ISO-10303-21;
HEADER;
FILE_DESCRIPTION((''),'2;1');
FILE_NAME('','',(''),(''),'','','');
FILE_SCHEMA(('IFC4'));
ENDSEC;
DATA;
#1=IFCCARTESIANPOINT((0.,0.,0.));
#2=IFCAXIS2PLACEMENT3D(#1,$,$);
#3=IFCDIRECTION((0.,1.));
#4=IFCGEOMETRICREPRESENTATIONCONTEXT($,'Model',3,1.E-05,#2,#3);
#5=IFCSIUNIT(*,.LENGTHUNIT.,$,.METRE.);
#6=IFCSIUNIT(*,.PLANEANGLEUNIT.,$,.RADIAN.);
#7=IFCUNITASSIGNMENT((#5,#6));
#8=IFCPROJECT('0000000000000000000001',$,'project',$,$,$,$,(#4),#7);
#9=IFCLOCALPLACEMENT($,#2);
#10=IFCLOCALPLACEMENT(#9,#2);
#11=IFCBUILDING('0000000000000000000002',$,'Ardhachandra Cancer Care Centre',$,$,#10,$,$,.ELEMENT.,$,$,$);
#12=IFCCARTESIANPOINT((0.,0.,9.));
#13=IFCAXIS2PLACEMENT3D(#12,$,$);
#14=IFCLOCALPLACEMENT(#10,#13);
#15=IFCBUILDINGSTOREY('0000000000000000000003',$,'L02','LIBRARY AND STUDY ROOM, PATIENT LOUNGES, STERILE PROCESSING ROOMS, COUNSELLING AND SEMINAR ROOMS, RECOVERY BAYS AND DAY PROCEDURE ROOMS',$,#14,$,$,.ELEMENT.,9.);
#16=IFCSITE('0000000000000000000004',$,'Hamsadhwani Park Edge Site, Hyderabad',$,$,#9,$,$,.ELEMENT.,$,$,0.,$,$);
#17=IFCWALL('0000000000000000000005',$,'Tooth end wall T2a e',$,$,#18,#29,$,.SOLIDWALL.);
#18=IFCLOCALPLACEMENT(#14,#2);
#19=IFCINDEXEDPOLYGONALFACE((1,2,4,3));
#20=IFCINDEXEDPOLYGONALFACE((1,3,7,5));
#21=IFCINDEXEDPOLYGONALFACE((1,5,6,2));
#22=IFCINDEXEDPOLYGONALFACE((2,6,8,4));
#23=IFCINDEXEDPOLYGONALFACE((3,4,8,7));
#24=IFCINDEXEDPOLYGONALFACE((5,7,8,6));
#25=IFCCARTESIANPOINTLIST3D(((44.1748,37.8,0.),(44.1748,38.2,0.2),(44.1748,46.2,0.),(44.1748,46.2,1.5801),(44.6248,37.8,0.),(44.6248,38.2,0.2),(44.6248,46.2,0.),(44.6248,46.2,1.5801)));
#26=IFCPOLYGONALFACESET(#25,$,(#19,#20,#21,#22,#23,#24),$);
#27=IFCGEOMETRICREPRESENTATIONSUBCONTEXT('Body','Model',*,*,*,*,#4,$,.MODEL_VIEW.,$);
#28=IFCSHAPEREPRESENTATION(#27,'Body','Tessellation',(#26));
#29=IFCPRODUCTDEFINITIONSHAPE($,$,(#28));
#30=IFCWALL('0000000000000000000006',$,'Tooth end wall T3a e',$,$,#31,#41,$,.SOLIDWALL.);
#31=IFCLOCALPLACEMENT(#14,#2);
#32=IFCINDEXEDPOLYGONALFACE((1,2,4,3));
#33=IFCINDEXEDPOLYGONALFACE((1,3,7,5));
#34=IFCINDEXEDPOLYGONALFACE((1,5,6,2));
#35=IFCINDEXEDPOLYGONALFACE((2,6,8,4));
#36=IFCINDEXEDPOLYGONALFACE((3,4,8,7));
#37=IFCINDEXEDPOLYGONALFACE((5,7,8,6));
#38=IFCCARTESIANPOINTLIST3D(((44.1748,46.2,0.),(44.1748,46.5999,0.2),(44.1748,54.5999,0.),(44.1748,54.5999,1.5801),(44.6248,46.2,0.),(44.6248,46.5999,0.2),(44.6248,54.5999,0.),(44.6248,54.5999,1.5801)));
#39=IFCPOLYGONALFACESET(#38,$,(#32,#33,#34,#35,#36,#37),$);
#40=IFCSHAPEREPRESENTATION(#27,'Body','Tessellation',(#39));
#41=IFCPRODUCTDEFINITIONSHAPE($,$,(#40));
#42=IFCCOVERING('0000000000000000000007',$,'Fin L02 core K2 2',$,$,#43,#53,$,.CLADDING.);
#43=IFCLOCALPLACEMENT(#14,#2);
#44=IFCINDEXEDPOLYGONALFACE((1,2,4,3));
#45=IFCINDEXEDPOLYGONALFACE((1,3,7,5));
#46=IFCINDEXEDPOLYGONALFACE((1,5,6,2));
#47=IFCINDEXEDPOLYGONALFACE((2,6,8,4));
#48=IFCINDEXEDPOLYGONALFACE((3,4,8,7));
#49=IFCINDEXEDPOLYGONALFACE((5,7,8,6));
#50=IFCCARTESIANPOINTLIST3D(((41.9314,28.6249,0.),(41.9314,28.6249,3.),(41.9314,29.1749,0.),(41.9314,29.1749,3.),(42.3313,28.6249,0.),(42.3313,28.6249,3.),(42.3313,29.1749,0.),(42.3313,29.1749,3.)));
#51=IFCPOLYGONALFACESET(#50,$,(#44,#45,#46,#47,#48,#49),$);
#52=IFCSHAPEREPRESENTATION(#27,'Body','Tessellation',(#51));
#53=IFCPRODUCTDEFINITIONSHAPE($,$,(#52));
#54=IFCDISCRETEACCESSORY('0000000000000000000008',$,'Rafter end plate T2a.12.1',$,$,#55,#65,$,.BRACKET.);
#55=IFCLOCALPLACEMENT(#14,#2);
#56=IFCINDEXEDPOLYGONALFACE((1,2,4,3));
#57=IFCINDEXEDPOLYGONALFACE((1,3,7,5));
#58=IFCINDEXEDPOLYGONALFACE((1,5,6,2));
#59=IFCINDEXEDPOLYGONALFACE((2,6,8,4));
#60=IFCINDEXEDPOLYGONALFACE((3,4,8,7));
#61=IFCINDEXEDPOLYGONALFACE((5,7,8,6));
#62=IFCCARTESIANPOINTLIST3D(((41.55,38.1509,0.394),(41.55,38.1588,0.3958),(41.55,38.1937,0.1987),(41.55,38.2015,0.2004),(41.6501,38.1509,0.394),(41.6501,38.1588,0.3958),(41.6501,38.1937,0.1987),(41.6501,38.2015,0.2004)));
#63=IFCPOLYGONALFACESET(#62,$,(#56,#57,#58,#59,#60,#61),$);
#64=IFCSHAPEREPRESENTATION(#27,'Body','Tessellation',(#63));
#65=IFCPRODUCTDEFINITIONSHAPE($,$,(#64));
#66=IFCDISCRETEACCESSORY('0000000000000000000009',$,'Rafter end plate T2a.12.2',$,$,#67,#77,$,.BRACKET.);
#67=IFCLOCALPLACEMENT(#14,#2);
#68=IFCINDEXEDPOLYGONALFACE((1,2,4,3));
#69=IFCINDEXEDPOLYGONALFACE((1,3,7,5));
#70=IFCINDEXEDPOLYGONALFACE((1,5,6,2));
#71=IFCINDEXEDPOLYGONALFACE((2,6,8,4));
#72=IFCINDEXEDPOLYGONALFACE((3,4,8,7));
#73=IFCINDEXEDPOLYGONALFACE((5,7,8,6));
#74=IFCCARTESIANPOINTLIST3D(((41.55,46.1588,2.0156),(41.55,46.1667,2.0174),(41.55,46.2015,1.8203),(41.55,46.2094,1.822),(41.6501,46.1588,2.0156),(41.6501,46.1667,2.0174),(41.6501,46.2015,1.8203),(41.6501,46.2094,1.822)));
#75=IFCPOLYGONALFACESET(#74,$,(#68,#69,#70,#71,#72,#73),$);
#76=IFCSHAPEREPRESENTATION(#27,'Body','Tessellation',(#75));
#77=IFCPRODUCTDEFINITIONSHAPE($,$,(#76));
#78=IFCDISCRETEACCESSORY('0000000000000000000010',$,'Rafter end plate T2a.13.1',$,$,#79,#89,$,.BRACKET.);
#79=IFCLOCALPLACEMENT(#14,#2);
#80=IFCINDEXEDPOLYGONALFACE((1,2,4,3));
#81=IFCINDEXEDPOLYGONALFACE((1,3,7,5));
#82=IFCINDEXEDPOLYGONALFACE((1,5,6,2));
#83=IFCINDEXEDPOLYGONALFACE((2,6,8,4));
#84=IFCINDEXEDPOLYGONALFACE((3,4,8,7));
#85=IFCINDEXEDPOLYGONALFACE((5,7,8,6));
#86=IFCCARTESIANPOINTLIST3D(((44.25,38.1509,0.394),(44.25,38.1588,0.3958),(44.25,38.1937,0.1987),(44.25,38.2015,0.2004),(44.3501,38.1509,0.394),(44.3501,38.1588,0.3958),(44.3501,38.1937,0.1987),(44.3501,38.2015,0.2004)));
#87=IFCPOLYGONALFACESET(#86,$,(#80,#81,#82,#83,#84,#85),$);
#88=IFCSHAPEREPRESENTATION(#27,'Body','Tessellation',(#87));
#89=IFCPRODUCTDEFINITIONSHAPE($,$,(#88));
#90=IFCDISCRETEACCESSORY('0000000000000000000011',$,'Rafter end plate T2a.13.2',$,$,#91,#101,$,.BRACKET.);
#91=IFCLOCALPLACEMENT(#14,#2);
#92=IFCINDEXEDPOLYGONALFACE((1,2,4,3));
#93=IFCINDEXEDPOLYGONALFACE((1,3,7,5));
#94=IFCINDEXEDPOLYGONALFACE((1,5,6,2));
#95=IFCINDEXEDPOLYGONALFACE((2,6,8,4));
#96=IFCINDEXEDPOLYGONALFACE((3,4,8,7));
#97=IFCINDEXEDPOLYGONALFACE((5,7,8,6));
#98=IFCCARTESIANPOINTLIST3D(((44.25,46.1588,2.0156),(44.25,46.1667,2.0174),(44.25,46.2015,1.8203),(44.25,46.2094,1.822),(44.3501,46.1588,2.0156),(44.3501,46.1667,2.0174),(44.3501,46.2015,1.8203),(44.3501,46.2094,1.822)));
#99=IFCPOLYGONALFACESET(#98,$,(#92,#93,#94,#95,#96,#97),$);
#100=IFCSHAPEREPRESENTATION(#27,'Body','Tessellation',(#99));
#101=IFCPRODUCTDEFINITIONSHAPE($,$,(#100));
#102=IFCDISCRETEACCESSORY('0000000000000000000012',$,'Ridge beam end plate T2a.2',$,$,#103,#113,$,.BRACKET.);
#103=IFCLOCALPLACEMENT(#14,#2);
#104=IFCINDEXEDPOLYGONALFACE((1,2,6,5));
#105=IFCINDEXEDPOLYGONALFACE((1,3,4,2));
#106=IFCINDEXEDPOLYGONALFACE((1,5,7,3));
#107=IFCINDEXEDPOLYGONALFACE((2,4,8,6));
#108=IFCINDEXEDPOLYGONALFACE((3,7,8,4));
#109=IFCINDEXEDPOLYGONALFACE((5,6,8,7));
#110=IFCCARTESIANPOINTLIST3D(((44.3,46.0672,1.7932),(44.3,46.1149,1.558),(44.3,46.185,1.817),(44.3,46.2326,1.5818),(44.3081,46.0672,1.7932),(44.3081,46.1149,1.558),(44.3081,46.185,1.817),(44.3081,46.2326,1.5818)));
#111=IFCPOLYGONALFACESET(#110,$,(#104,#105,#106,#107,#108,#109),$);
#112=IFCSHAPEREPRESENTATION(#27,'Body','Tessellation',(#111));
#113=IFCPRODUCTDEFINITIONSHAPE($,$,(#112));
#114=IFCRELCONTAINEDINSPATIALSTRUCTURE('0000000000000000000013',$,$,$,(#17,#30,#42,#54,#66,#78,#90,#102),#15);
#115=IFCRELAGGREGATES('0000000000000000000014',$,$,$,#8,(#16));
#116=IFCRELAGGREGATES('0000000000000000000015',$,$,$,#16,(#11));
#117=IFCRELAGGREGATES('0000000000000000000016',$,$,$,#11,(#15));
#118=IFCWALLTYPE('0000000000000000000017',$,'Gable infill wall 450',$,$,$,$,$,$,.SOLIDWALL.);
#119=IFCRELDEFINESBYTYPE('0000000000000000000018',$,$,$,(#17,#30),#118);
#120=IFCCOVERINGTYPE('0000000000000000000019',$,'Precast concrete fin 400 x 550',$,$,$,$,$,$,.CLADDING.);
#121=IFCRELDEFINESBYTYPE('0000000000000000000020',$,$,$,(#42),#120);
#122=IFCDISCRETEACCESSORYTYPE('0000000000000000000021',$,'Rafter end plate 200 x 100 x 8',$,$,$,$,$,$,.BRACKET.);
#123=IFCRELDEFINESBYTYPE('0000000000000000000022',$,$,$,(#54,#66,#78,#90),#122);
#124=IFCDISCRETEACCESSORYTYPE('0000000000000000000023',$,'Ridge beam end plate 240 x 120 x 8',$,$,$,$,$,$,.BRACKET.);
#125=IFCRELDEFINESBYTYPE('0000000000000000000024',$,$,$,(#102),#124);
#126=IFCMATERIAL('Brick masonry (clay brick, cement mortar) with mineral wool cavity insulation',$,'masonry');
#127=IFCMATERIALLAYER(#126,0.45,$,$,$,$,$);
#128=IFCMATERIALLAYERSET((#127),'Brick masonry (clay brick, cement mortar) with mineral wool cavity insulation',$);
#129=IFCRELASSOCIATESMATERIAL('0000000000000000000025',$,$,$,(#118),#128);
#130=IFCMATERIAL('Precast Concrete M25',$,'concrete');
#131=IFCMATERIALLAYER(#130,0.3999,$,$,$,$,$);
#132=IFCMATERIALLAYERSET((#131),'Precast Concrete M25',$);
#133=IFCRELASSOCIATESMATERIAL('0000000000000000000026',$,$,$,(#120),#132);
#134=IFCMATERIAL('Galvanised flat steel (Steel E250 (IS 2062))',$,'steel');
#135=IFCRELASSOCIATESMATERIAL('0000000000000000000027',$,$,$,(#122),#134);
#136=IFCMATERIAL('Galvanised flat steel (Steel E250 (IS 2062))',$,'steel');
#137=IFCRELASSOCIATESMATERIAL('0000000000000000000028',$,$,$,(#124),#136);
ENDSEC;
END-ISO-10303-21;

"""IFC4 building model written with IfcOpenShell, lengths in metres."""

from ifc_helpers import new_model, si_unit, direction, frame, origin, origin_2d, place, context, subcontext, project, spatial, polyline, rectangle, outline, extrude, material, layer, layer_set, material_profile, profile_set, type_object, element, save


model = new_model("IFC4")

# Units and contexts
model_context = context("Model", 3, precision=1e-05, world=origin(), true_north=direction((0.0, 1.0)))
body_context = subcontext(model_context, "Body", "Model", "MODEL_VIEW")
ifc_project = project(units=[si_unit("LENGTHUNIT", "METRE"), si_unit("PLANEANGLEUNIT", "RADIAN")], contexts=[model_context])

# Site, building, storey
site_placement = place(None, origin())
site = spatial("IfcSite", under=ifc_project, at=site_placement, Name="Hamsadhwani Park Edge Site, Hyderabad", CompositionType="ELEMENT", RefElevation=0.0)
building_placement = place(site_placement, origin())
building = spatial("IfcBuilding", under=site, at=building_placement, Name="Ardhachandra Cancer Care Centre", CompositionType="ELEMENT")
storey_placement = place(building_placement, frame((0.0, 0.0, 9.0)))
storey = spatial("IfcBuildingStorey", under=building, at=storey_placement, Name="L02", Description="LIBRARY AND STUDY ROOM, PATIENT LOUNGES, STERILE PROCESSING ROOMS, COUNSELLING AND SEMINAR ROOMS, RECOVERY BAYS AND DAY PROCEDURE ROOMS", CompositionType="ELEMENT", Elevation=9.0)

# Walls
ifc_material_1 = material(Name="Brick masonry (clay brick, cement mortar) with mineral wool cavity insulation", Category="masonry")
ifc_layer_1 = layer(ifc_material_1, 0.45)
ifc_layer_set_1 = layer_set([ifc_layer_1], Name="Brick masonry (clay brick, cement mortar) with mineral wool cavity insulation")
wall_type_1 = type_object("IfcWallType", Name="Gable infill wall 450", PredefinedType="SOLIDWALL", material=ifc_layer_set_1)
for number, where, z_axis, x_axis, name in (
    (1, (44.3999, 37.8, 0.0), (0.0, 0.0, 1.0), (0.0, 1.0, 0.0), "Tooth end wall T2a e"),
    (2, (44.3999, 46.2, 0.0), (0.0, 0.0, 1.0), (0.0, 1.0, 0.0), "Tooth end wall T3a e"),
):
    element("IfcWall", number, at=place(storey_placement, frame(where, z_axis=z_axis, x_axis=x_axis)), inside=storey, type_object=wall_type_1, Name=name, PredefinedType="SOLIDWALL", context=body_context, shape_type="SweptSolid", body=[
        extrude(outline(polyline([(0.0, 0.0), (8.3999, 0.0), (8.3999, 1.5801), (0.3999, 0.2), (0.0, 0.0)])), frame((0.0, 0.2251, 0.0), z_axis=(0.0, -1.0, 0.0), x_axis=(1.0, 0.0, 0.0)), (0.0, 0.0, 1.0), 0.45),
    ])

# Covering
ifc_material_2 = material(Name="Precast Concrete M25", Category="concrete")
ifc_layer_2 = layer(ifc_material_2, 0.3999)
ifc_layer_set_2 = layer_set([ifc_layer_2], Name="Precast Concrete M25")
covering_type = type_object("IfcCoveringType", Name="Precast concrete fin 400 x 550", PredefinedType="CLADDING", material=ifc_layer_set_2)
covering_placement = place(storey_placement, frame((42.1313, 28.8999, 0.0), z_axis=(0.0, 0.0, 1.0), x_axis=(1.0, 0.0, 0.0)))
element("IfcCovering", 3, at=covering_placement, inside=storey, type_object=covering_type, Name="Fin L02 core K2 2", PredefinedType="CLADDING", context=body_context, shape_type="SweptSolid", body=[
    extrude(rectangle(XDim=0.3999, YDim=0.55, at=origin_2d()), origin(), (0.0, 0.0, 1.0), 3.0),
])

# Discrete accessories
ifc_material_3 = material(Name="Galvanised flat steel (Steel E250 (IS 2062))", Category="steel")
ifc_material_profile_1 = material_profile(ifc_material_3, rectangle(XDim=0.1001, YDim=0.2, at=origin_2d()), Name="Rafter end plate 200 x 100 x 8")
ifc_profile_set_1 = profile_set([ifc_material_profile_1], Name="Galvanised flat steel (Steel E250 (IS 2062))")
discrete_accessory_type_1 = type_object("IfcDiscreteAccessoryType", Name="Rafter end plate 200 x 100 x 8", PredefinedType="BRACKET", material=ifc_profile_set_1)
for number, where, z_axis, x_axis, name in (
    (4, (41.6001, 38.1802, 0.2981), (0.0, -0.9769, -0.213697), (1.0, 0.0, 0.0), "Rafter end plate T2a.12.1"),
    (5, (41.6001, 46.1802, 1.918), (0.0, 0.9769, 0.213697), (-1.0, 0.0, 0.0), "Rafter end plate T2a.12.2"),
    (6, (44.3, 38.1802, 0.2981), (0.0, -0.9769, -0.213697), (1.0, 0.0, 0.0), "Rafter end plate T2a.13.1"),
    (7, (44.3, 46.1802, 1.918), (0.0, 0.9769, 0.213697), (-1.0, 0.0, 0.0), "Rafter end plate T2a.13.2"),
):
    element("IfcDiscreteAccessory", number, at=place(storey_placement, frame(where, z_axis=z_axis, x_axis=x_axis)), inside=storey, type_object=discrete_accessory_type_1, Name=name, PredefinedType="BRACKET", context=body_context, shape_type="SweptSolid", body=[
        extrude(rectangle(XDim=0.1001, YDim=0.2, at=origin_2d()), origin(), (0.0, 0.0, 1.0), 0.0081),
    ])
ifc_material_4 = material(Name="Galvanised flat steel (Steel E250 (IS 2062))", Category="steel")
ifc_material_profile_2 = material_profile(ifc_material_4, rectangle(XDim=0.1201, YDim=0.24, at=origin_2d()), Name="Ridge beam end plate 240 x 120 x 8")
ifc_profile_set_2 = profile_set([ifc_material_profile_2], Name="Galvanised flat steel (Steel E250 (IS 2062))")
discrete_accessory_type_2 = type_object("IfcDiscreteAccessoryType", Name="Ridge beam end plate 240 x 120 x 8", PredefinedType="BRACKET", material=ifc_profile_set_2)
discrete_accessory_placement = place(storey_placement, frame((44.3, 46.1499, 1.6875), z_axis=(1.0, 0.0, 0.0), x_axis=(0.0, 0.980107, 0.198472)))
element("IfcDiscreteAccessory", 8, at=discrete_accessory_placement, inside=storey, type_object=discrete_accessory_type_2, Name="Ridge beam end plate T2a.2", PredefinedType="BRACKET", context=body_context, shape_type="SweptSolid", body=[
    extrude(rectangle(XDim=0.1201, YDim=0.24, at=origin_2d()), origin(), (0.0, 0.0, 1.0), 0.0081),
])

save(model, "model.ifc")
